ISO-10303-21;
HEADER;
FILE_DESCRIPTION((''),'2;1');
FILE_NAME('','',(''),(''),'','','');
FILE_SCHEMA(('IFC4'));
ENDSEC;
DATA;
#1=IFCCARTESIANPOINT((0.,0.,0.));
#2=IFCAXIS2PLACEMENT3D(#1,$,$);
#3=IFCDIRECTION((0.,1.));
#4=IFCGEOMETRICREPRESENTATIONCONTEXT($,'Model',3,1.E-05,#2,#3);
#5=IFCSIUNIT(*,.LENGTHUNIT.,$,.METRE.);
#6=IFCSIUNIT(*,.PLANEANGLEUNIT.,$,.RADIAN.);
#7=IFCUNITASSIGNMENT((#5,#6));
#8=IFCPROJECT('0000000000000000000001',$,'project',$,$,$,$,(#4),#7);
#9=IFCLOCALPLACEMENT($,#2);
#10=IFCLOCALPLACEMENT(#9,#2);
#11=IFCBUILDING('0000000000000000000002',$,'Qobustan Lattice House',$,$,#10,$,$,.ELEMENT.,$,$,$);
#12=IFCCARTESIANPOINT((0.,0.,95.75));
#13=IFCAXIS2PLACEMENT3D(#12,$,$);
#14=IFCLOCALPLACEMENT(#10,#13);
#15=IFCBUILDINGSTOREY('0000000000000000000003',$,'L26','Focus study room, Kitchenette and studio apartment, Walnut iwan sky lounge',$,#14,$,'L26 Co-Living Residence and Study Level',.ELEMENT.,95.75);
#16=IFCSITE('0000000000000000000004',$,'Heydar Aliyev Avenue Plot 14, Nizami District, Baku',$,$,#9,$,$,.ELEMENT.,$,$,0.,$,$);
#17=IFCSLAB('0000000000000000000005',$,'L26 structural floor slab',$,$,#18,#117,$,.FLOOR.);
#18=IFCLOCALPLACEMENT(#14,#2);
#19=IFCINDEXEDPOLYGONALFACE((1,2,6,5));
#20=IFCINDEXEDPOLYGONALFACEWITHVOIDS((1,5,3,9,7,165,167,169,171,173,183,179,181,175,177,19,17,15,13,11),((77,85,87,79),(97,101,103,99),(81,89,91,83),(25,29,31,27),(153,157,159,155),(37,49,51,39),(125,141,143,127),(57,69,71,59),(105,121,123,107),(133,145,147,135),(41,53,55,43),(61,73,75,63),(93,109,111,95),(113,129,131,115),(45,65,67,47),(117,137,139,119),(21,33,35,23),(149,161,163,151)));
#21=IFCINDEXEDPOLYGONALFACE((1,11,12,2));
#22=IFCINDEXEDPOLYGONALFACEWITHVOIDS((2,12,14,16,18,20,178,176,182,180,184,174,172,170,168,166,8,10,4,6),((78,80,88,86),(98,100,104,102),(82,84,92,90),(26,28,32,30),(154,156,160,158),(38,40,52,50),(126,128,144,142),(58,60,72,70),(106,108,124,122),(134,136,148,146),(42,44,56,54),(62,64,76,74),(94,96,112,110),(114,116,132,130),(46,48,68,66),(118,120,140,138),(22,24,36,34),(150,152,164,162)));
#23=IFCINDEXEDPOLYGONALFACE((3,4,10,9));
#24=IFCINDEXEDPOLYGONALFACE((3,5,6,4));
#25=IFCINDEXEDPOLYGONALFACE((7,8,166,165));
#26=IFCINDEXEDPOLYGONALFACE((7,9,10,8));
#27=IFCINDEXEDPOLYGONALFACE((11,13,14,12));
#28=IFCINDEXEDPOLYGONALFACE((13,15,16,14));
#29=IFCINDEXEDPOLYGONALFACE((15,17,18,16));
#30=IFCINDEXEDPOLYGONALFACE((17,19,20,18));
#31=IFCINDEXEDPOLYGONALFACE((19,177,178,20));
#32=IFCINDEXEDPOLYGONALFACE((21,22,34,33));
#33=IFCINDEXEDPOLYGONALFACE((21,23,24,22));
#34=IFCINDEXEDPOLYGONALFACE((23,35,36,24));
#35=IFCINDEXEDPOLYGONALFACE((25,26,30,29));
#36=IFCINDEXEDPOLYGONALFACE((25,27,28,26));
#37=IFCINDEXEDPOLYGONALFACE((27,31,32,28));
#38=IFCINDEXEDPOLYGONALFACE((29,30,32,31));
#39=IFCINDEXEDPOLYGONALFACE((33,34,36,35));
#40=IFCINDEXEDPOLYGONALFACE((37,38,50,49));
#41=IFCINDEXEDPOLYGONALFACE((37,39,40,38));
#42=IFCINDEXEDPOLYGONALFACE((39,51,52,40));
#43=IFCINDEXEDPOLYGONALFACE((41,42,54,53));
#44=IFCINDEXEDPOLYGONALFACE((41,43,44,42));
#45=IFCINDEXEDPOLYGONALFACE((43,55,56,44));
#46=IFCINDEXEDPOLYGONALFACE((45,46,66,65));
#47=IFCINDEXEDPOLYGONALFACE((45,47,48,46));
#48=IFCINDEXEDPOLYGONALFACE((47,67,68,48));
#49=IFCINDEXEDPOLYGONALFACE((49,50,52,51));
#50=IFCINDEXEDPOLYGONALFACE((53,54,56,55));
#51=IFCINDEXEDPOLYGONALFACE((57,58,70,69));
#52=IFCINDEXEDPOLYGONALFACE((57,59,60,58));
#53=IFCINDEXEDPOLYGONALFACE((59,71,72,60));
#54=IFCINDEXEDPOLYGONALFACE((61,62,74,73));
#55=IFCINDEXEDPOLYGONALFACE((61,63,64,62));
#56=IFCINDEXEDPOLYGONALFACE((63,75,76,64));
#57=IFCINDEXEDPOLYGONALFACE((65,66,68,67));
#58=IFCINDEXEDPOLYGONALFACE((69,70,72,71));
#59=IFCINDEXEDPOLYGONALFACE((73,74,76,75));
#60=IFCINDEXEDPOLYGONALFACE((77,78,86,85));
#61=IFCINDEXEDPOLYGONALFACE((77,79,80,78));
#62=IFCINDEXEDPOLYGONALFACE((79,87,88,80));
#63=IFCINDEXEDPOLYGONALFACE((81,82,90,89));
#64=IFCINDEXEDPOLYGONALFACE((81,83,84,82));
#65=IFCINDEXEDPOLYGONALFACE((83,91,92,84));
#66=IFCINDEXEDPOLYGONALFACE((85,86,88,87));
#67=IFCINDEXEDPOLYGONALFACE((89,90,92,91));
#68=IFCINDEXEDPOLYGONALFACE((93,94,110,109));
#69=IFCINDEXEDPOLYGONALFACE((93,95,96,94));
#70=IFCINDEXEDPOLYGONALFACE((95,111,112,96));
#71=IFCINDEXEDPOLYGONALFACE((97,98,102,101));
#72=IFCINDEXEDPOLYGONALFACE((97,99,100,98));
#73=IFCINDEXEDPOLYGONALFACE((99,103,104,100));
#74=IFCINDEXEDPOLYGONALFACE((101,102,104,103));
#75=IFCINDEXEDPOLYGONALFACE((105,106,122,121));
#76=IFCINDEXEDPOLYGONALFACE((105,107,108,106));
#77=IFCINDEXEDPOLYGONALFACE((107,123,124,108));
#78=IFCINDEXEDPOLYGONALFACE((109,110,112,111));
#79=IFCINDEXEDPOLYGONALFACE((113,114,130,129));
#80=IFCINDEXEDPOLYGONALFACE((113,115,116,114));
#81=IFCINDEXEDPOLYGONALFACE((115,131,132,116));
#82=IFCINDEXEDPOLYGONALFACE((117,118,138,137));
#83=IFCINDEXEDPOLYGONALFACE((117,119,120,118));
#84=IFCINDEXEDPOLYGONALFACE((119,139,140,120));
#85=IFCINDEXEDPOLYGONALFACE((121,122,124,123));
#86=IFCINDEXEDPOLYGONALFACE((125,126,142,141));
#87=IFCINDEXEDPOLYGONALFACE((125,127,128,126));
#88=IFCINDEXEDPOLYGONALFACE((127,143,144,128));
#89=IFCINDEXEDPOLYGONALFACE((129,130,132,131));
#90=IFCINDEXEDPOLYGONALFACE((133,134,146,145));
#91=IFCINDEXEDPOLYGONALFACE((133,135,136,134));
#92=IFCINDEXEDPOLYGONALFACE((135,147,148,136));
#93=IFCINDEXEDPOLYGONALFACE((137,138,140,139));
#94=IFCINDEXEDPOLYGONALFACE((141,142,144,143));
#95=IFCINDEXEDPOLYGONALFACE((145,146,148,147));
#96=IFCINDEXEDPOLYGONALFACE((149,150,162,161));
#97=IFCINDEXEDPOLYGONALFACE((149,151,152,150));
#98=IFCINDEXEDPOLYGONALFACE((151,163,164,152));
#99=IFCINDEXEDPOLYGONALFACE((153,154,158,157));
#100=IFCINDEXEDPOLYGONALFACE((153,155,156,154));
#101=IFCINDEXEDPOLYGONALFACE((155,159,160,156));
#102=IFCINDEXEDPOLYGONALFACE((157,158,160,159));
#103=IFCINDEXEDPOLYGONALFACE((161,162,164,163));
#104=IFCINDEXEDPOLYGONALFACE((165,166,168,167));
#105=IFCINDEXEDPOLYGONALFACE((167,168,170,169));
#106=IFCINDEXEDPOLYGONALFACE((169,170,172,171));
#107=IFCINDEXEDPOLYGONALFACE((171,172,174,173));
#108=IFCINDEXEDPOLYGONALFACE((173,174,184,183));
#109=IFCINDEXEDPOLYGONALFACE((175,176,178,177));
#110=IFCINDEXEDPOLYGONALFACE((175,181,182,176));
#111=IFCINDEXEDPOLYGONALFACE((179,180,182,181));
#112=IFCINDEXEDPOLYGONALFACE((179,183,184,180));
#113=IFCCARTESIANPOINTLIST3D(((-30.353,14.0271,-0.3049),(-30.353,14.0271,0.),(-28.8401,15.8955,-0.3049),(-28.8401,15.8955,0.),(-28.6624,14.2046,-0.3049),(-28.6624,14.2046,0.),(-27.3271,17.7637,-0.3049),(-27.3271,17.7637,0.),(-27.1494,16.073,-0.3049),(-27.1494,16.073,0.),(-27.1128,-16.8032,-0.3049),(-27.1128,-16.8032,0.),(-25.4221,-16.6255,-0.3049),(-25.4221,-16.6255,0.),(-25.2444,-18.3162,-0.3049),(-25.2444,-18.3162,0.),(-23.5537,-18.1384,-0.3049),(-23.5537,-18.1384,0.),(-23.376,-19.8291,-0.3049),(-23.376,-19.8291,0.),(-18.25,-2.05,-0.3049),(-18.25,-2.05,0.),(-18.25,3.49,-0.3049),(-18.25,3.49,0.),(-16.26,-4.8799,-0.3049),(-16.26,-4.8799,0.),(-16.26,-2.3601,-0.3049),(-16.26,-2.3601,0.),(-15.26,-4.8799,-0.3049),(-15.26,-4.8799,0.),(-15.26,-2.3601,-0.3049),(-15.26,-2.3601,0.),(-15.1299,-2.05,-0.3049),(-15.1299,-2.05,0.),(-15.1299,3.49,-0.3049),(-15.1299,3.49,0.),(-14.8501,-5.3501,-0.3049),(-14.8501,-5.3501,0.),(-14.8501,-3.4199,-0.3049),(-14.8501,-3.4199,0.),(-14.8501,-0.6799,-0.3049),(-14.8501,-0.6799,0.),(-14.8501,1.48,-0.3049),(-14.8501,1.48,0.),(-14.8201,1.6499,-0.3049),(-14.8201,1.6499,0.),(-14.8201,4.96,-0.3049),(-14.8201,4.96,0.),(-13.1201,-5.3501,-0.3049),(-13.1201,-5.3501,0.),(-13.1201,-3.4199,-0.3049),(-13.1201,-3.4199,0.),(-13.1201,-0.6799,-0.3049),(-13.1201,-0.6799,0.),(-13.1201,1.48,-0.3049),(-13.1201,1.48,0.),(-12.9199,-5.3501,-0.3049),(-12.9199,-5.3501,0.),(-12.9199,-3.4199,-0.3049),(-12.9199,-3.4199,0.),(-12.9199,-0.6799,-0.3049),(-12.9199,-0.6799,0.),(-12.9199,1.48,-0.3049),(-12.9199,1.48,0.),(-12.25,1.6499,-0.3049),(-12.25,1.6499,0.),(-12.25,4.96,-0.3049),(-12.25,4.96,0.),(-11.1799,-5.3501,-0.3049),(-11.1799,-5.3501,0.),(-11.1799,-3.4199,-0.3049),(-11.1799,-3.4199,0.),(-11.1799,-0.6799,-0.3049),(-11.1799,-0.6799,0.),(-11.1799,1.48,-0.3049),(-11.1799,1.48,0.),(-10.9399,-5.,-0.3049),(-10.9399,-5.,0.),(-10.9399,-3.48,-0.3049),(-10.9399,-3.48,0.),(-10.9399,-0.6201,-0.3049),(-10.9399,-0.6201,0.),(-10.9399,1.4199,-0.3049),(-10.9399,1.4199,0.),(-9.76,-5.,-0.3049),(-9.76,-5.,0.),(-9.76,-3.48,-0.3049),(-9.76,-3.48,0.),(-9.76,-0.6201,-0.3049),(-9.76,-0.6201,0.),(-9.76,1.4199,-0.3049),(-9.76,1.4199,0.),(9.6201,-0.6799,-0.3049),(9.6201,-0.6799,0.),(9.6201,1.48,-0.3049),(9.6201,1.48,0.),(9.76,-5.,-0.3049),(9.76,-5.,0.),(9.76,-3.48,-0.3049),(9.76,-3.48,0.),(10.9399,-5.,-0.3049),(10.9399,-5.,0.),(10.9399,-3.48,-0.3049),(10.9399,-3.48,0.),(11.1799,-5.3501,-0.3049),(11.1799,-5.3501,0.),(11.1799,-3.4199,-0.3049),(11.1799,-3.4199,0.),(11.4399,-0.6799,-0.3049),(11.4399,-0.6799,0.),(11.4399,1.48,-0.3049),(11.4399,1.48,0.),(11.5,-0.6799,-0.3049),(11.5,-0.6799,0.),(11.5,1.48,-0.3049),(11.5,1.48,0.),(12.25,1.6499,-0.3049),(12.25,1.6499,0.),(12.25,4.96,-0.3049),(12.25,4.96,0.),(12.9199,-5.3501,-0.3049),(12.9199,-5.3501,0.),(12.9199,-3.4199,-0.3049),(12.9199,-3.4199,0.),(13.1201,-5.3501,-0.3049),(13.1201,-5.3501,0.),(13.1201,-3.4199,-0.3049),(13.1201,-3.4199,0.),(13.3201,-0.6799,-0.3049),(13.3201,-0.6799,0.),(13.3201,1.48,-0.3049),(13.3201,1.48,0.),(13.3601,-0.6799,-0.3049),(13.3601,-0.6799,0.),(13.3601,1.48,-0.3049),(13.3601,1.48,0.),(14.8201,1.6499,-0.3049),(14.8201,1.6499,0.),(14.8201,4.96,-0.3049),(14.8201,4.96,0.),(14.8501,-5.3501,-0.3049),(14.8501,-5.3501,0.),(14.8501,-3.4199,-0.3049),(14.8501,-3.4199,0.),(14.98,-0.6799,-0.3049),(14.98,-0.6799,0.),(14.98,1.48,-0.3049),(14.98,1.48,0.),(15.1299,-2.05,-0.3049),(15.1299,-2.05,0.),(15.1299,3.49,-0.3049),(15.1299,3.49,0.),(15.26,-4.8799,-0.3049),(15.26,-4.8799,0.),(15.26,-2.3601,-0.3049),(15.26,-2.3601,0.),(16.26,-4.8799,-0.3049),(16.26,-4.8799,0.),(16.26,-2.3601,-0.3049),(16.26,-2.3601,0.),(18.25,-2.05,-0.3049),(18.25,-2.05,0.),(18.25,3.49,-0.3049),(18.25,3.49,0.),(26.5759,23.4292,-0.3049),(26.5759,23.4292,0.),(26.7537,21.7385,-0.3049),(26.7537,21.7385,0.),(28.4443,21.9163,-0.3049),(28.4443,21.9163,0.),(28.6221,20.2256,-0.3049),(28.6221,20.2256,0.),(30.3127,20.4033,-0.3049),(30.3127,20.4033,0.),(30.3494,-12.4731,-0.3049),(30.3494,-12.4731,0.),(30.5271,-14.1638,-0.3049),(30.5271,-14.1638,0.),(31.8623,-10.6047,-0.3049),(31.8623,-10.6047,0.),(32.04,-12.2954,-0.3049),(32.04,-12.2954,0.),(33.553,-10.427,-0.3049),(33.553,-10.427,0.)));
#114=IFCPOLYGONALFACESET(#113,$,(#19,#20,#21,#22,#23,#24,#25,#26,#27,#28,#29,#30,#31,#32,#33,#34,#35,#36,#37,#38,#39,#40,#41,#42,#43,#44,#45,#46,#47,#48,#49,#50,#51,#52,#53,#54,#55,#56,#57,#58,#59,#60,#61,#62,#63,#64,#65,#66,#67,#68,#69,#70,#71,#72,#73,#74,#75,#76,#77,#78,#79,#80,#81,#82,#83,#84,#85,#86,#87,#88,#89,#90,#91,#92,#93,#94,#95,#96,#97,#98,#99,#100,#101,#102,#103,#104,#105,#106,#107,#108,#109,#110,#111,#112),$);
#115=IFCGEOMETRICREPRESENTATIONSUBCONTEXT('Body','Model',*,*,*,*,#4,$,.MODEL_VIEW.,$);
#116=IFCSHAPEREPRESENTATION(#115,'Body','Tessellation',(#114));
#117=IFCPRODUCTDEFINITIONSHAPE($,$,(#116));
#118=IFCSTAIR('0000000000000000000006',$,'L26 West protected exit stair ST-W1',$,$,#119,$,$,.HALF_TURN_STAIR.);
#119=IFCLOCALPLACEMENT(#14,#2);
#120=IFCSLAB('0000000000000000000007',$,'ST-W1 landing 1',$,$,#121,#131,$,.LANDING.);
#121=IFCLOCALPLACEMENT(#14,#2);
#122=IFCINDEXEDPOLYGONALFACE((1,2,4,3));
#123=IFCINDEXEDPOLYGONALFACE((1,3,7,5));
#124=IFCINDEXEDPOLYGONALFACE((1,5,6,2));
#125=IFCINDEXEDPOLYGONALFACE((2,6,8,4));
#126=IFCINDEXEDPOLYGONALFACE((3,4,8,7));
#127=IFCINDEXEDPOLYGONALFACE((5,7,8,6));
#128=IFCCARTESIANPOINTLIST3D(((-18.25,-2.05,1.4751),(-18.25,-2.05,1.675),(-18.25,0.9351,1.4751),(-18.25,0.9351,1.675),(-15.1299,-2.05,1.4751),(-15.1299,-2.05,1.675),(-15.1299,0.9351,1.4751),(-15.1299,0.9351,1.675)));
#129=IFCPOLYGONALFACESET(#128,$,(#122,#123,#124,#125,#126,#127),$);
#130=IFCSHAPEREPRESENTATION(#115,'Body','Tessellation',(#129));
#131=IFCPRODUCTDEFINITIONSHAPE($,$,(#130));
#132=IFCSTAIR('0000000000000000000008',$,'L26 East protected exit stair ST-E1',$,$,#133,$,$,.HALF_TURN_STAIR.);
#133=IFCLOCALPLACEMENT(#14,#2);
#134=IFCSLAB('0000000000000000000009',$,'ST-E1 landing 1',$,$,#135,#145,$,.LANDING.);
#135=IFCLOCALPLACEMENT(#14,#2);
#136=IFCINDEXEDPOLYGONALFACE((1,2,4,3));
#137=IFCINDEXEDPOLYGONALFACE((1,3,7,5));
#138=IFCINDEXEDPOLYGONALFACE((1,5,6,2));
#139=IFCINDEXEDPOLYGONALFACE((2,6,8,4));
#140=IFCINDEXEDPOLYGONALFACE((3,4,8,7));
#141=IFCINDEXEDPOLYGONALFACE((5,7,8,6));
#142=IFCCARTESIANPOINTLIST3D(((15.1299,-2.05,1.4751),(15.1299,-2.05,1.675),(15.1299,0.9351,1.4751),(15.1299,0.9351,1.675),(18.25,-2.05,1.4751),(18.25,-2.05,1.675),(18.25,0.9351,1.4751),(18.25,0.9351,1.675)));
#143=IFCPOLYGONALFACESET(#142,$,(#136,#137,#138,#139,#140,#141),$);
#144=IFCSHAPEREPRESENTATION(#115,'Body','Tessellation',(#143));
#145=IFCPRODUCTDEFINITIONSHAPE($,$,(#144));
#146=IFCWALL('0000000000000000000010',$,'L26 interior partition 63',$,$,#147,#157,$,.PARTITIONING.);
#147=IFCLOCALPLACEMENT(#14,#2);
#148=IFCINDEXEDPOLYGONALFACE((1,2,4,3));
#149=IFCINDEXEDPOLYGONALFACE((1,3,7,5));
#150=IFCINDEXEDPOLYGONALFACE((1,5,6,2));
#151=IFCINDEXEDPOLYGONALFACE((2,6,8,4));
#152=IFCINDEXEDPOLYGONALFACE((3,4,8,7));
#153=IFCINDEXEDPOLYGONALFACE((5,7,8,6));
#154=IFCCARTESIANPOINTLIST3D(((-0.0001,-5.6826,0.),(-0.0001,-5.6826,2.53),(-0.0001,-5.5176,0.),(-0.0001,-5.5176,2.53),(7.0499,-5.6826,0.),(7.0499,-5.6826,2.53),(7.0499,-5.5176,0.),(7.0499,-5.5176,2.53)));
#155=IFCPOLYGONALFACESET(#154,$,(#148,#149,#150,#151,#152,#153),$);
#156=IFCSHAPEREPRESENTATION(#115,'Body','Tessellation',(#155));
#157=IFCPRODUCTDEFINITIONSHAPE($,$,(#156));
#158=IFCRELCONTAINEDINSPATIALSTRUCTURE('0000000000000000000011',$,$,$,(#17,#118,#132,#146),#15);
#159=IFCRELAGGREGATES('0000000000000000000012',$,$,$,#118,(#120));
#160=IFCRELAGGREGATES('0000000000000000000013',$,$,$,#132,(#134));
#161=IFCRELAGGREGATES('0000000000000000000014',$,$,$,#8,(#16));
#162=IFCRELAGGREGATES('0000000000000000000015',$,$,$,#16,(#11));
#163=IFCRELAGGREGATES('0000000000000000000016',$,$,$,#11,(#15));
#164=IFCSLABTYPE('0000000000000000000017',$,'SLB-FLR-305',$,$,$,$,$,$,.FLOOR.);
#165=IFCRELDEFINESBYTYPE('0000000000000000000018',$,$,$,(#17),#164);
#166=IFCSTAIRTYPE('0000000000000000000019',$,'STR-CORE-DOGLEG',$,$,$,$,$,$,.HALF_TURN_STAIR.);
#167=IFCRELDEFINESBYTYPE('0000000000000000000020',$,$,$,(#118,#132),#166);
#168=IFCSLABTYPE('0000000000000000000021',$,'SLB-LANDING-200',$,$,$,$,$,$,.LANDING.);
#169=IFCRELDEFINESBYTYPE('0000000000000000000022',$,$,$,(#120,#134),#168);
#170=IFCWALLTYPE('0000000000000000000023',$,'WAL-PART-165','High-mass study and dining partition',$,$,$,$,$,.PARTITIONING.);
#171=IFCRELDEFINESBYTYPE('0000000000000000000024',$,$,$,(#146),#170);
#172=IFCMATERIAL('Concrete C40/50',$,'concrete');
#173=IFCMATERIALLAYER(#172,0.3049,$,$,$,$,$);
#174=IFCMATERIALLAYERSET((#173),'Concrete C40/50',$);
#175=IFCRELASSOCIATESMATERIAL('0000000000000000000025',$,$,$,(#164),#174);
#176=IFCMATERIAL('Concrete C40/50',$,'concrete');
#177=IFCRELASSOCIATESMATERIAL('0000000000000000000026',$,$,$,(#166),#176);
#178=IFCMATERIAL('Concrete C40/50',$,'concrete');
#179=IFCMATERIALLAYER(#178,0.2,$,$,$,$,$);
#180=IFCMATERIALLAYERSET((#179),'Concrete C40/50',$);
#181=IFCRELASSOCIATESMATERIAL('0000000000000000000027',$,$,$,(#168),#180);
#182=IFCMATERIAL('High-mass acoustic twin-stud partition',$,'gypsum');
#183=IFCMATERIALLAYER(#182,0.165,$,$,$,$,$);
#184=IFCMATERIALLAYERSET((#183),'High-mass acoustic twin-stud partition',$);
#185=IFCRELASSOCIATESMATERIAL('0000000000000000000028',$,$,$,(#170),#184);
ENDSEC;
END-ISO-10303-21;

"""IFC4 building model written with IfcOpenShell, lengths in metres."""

from ifc_helpers import new_model, si_unit, direction, frame, frame_2d, origin, place, context, subcontext, project, spatial, polyline, rectangle, outline, extrude, material, layer, layer_set, type_object, element, aggregate, save


model = new_model("IFC4")

# Units and contexts
model_context = context("Model", 3, precision=1e-05, world=origin(), true_north=direction((0.0, 1.0)))
body_context = subcontext(model_context, "Body", "Model", "MODEL_VIEW")
ifc_project = project(units=[si_unit("LENGTHUNIT", "METRE"), si_unit("PLANEANGLEUNIT", "RADIAN")], contexts=[model_context])

# Site, building, storey
site_placement = place(None, origin())
site = spatial("IfcSite", under=ifc_project, at=site_placement, Name="Heydar Aliyev Avenue Plot 14, Nizami District, Baku", CompositionType="ELEMENT", RefElevation=0.0)
building_placement = place(site_placement, origin())
building = spatial("IfcBuilding", under=site, at=building_placement, Name="Qobustan Lattice House", CompositionType="ELEMENT")
storey_placement = place(building_placement, frame((0.0, 0.0, 95.75)))
storey = spatial("IfcBuildingStorey", under=building, at=storey_placement, Name="L26", Description="Focus study room, Kitchenette and studio apartment, Walnut iwan sky lounge", LongName="L26 Co-Living Residence and Study Level", CompositionType="ELEMENT", Elevation=95.75)

# Slab
ifc_material_1 = material(Name="Concrete C40/50", Category="concrete")
ifc_layer_1 = layer(ifc_material_1, 0.3049)
ifc_layer_set_1 = layer_set([ifc_layer_1], Name="Concrete C40/50")
slab_type_1 = type_object("IfcSlabType", Name="SLB-FLR-305", PredefinedType="FLOOR", material=ifc_layer_set_1)
slab_1_placement = place(storey_placement, frame((0.0, 0.0, -0.3049)))
element("IfcSlab", 1, at=slab_1_placement, inside=storey, type_object=slab_type_1, Name="L26 structural floor slab", PredefinedType="FLOOR", context=body_context, shape_type="SweptSolid", body=[
    extrude(outline(polyline([(-23.376, -19.8291), (30.5271, -14.1638), (30.3494, -12.4731), (32.04, -12.2954), (31.8623, -10.6047), (33.553, -10.427), (30.3127, 20.4033), (28.6221, 20.2256), (28.4443, 21.9163), (26.7537, 21.7385), (26.5759, 23.4292), (-27.3271, 17.7637), (-27.1494, 16.073), (-28.8401, 15.8955), (-28.6624, 14.2046), (-30.353, 14.0271), (-27.1128, -16.8032), (-25.4221, -16.6255), (-25.2444, -18.3162), (-23.5537, -18.1384), (-23.376, -19.8291)]), holes=[polyline([(-18.25, -2.05), (-18.25, 3.49), (-15.1299, 3.49), (-15.1299, -2.05), (-18.25, -2.05)]), polyline([(15.1299, -2.05), (15.1299, 3.49), (18.25, 3.49), (18.25, -2.05), (15.1299, -2.05)]), polyline([(-14.8201, 1.6499), (-14.8201, 4.96), (-12.25, 4.96), (-12.25, 1.6499), (-14.8201, 1.6499)]), polyline([(12.25, 1.6499), (12.25, 4.96), (14.8201, 4.96), (14.8201, 1.6499), (12.25, 1.6499)]), polyline([(-16.26, -4.8799), (-16.26, -2.3601), (-15.26, -2.3601), (-15.26, -4.8799), (-16.26, -4.8799)]), polyline([(15.26, -4.8799), (15.26, -2.3601), (16.26, -2.3601), (16.26, -4.8799), (15.26, -4.8799)]), polyline([(-14.8501, -5.3501), (-14.8501, -3.4199), (-13.1201, -3.4199), (-13.1201, -5.3501), (-14.8501, -5.3501)]), polyline([(-12.9199, -5.3501), (-12.9199, -3.4199), (-11.1799, -3.4199), (-11.1799, -5.3501), (-12.9199, -5.3501)]), polyline([(-14.8501, -0.6799), (-14.8501, 1.48), (-13.1201, 1.48), (-13.1201, -0.6799), (-14.8501, -0.6799)]), polyline([(-12.9199, -0.6799), (-12.9199, 1.48), (-11.1799, 1.48), (-11.1799, -0.6799), (-12.9199, -0.6799)]), polyline([(-10.9399, -5.0), (-10.9399, -3.48), (-9.76, -3.48), (-9.76, -5.0), (-10.9399, -5.0)]), polyline([(-10.9399, -0.6201), (-10.9399, 1.4199), (-9.76, 1.4199), (-9.76, -0.6201), (-10.9399, -0.6201)]), polyline([(11.1799, -5.3501), (11.1799, -3.4199), (12.9199, -3.4199), (12.9199, -5.3501), (11.1799, -5.3501)]), polyline([(13.1201, -5.3501), (13.1201, -3.4199), (14.8501, -3.4199), (14.8501, -5.3501), (13.1201, -5.3501)]), polyline([(9.76, -5.0), (9.76, -3.48), (10.9399, -3.48), (10.9399, -5.0), (9.76, -5.0)]), polyline([(13.3601, -0.6799), (13.3601, 1.48), (14.98, 1.48), (14.98, -0.6799), (13.3601, -0.6799)]), polyline([(9.6201, -0.6799), (9.6201, 1.48), (11.4399, 1.48), (11.4399, -0.6799), (9.6201, -0.6799)]), polyline([(11.5, -0.6799), (11.5, 1.48), (13.3201, 1.48), (13.3201, -0.6799), (11.5, -0.6799)])]), origin(), (0.0, 0.0, 1.0), 0.3049),
])

# Stairs, slabs
ifc_material_2 = material(Name="Concrete C40/50", Category="concrete")
stair_type = type_object("IfcStairType", Name="STR-CORE-DOGLEG", PredefinedType="HALF_TURN_STAIR", material=ifc_material_2)
stair_1_placement = place(storey_placement, origin())
stair_1 = element("IfcStair", 2, at=stair_1_placement, inside=storey, type_object=stair_type, Name="L26 West protected exit stair ST-W1", PredefinedType="HALF_TURN_STAIR")
ifc_material_3 = material(Name="Concrete C40/50", Category="concrete")
ifc_layer_2 = layer(ifc_material_3, 0.2)
ifc_layer_set_2 = layer_set([ifc_layer_2], Name="Concrete C40/50")
slab_type_2 = type_object("IfcSlabType", Name="SLB-LANDING-200", PredefinedType="LANDING", material=ifc_layer_set_2)
slab_2_placement = place(storey_placement, frame((0.0, 0.0, 1.4751)))
slab_2 = element("IfcSlab", 3, at=slab_2_placement, type_object=slab_type_2, Name="ST-W1 landing 1", PredefinedType="LANDING", context=body_context, shape_type="SweptSolid", body=[
    extrude(outline(polyline([(-18.25, 0.9351), (-18.25, -2.05), (-15.1299, -2.05), (-15.1299, 0.9351), (-18.25, 0.9351)])), origin(), (0.0, 0.0, 1.0), 0.2),
])
aggregate(stair_1, [slab_2])
stair_2_placement = place(storey_placement, origin())
stair_2 = element("IfcStair", 4, at=stair_2_placement, inside=storey, type_object=stair_type, Name="L26 East protected exit stair ST-E1", PredefinedType="HALF_TURN_STAIR")
slab_3_placement = place(storey_placement, frame((0.0, 0.0, 1.4751)))
slab_3 = element("IfcSlab", 5, at=slab_3_placement, type_object=slab_type_2, Name="ST-E1 landing 1", PredefinedType="LANDING", context=body_context, shape_type="SweptSolid", body=[
    extrude(outline(polyline([(15.1299, 0.9351), (15.1299, -2.05), (18.25, -2.05), (18.25, 0.9351), (15.1299, 0.9351)])), origin(), (0.0, 0.0, 1.0), 0.2),
])
aggregate(stair_2, [slab_3])

# Shared definitions
ifc_material_4 = material(Name="High-mass acoustic twin-stud partition", Category="gypsum")
ifc_layer_3 = layer(ifc_material_4, 0.165)
ifc_layer_set_3 = layer_set([ifc_layer_3], Name="High-mass acoustic twin-stud partition")
wall_type_1 = type_object("IfcWallType", Name="WAL-PART-165", Description="High-mass study and dining partition", PredefinedType="PARTITIONING", material=ifc_layer_set_3)

# Wall
wall_1_placement = place(storey_placement, frame((0.0, -5.6001, 0.0), z_axis=(0.0, 0.0, 1.0), x_axis=(1.0, 0.0, 0.0)))
element("IfcWall", 6, at=wall_1_placement, inside=storey, type_object=wall_type_1, Name="L26 interior partition 63", PredefinedType="PARTITIONING", context=body_context, shape_type="SweptSolid", body=[
    extrude(rectangle(XDim=7.05, YDim=0.165, at=frame_2d((3.5249, 0.0))), origin(), (0.0, 0.0, 1.0), 2.53),
])

save(model, "model.ifc")
